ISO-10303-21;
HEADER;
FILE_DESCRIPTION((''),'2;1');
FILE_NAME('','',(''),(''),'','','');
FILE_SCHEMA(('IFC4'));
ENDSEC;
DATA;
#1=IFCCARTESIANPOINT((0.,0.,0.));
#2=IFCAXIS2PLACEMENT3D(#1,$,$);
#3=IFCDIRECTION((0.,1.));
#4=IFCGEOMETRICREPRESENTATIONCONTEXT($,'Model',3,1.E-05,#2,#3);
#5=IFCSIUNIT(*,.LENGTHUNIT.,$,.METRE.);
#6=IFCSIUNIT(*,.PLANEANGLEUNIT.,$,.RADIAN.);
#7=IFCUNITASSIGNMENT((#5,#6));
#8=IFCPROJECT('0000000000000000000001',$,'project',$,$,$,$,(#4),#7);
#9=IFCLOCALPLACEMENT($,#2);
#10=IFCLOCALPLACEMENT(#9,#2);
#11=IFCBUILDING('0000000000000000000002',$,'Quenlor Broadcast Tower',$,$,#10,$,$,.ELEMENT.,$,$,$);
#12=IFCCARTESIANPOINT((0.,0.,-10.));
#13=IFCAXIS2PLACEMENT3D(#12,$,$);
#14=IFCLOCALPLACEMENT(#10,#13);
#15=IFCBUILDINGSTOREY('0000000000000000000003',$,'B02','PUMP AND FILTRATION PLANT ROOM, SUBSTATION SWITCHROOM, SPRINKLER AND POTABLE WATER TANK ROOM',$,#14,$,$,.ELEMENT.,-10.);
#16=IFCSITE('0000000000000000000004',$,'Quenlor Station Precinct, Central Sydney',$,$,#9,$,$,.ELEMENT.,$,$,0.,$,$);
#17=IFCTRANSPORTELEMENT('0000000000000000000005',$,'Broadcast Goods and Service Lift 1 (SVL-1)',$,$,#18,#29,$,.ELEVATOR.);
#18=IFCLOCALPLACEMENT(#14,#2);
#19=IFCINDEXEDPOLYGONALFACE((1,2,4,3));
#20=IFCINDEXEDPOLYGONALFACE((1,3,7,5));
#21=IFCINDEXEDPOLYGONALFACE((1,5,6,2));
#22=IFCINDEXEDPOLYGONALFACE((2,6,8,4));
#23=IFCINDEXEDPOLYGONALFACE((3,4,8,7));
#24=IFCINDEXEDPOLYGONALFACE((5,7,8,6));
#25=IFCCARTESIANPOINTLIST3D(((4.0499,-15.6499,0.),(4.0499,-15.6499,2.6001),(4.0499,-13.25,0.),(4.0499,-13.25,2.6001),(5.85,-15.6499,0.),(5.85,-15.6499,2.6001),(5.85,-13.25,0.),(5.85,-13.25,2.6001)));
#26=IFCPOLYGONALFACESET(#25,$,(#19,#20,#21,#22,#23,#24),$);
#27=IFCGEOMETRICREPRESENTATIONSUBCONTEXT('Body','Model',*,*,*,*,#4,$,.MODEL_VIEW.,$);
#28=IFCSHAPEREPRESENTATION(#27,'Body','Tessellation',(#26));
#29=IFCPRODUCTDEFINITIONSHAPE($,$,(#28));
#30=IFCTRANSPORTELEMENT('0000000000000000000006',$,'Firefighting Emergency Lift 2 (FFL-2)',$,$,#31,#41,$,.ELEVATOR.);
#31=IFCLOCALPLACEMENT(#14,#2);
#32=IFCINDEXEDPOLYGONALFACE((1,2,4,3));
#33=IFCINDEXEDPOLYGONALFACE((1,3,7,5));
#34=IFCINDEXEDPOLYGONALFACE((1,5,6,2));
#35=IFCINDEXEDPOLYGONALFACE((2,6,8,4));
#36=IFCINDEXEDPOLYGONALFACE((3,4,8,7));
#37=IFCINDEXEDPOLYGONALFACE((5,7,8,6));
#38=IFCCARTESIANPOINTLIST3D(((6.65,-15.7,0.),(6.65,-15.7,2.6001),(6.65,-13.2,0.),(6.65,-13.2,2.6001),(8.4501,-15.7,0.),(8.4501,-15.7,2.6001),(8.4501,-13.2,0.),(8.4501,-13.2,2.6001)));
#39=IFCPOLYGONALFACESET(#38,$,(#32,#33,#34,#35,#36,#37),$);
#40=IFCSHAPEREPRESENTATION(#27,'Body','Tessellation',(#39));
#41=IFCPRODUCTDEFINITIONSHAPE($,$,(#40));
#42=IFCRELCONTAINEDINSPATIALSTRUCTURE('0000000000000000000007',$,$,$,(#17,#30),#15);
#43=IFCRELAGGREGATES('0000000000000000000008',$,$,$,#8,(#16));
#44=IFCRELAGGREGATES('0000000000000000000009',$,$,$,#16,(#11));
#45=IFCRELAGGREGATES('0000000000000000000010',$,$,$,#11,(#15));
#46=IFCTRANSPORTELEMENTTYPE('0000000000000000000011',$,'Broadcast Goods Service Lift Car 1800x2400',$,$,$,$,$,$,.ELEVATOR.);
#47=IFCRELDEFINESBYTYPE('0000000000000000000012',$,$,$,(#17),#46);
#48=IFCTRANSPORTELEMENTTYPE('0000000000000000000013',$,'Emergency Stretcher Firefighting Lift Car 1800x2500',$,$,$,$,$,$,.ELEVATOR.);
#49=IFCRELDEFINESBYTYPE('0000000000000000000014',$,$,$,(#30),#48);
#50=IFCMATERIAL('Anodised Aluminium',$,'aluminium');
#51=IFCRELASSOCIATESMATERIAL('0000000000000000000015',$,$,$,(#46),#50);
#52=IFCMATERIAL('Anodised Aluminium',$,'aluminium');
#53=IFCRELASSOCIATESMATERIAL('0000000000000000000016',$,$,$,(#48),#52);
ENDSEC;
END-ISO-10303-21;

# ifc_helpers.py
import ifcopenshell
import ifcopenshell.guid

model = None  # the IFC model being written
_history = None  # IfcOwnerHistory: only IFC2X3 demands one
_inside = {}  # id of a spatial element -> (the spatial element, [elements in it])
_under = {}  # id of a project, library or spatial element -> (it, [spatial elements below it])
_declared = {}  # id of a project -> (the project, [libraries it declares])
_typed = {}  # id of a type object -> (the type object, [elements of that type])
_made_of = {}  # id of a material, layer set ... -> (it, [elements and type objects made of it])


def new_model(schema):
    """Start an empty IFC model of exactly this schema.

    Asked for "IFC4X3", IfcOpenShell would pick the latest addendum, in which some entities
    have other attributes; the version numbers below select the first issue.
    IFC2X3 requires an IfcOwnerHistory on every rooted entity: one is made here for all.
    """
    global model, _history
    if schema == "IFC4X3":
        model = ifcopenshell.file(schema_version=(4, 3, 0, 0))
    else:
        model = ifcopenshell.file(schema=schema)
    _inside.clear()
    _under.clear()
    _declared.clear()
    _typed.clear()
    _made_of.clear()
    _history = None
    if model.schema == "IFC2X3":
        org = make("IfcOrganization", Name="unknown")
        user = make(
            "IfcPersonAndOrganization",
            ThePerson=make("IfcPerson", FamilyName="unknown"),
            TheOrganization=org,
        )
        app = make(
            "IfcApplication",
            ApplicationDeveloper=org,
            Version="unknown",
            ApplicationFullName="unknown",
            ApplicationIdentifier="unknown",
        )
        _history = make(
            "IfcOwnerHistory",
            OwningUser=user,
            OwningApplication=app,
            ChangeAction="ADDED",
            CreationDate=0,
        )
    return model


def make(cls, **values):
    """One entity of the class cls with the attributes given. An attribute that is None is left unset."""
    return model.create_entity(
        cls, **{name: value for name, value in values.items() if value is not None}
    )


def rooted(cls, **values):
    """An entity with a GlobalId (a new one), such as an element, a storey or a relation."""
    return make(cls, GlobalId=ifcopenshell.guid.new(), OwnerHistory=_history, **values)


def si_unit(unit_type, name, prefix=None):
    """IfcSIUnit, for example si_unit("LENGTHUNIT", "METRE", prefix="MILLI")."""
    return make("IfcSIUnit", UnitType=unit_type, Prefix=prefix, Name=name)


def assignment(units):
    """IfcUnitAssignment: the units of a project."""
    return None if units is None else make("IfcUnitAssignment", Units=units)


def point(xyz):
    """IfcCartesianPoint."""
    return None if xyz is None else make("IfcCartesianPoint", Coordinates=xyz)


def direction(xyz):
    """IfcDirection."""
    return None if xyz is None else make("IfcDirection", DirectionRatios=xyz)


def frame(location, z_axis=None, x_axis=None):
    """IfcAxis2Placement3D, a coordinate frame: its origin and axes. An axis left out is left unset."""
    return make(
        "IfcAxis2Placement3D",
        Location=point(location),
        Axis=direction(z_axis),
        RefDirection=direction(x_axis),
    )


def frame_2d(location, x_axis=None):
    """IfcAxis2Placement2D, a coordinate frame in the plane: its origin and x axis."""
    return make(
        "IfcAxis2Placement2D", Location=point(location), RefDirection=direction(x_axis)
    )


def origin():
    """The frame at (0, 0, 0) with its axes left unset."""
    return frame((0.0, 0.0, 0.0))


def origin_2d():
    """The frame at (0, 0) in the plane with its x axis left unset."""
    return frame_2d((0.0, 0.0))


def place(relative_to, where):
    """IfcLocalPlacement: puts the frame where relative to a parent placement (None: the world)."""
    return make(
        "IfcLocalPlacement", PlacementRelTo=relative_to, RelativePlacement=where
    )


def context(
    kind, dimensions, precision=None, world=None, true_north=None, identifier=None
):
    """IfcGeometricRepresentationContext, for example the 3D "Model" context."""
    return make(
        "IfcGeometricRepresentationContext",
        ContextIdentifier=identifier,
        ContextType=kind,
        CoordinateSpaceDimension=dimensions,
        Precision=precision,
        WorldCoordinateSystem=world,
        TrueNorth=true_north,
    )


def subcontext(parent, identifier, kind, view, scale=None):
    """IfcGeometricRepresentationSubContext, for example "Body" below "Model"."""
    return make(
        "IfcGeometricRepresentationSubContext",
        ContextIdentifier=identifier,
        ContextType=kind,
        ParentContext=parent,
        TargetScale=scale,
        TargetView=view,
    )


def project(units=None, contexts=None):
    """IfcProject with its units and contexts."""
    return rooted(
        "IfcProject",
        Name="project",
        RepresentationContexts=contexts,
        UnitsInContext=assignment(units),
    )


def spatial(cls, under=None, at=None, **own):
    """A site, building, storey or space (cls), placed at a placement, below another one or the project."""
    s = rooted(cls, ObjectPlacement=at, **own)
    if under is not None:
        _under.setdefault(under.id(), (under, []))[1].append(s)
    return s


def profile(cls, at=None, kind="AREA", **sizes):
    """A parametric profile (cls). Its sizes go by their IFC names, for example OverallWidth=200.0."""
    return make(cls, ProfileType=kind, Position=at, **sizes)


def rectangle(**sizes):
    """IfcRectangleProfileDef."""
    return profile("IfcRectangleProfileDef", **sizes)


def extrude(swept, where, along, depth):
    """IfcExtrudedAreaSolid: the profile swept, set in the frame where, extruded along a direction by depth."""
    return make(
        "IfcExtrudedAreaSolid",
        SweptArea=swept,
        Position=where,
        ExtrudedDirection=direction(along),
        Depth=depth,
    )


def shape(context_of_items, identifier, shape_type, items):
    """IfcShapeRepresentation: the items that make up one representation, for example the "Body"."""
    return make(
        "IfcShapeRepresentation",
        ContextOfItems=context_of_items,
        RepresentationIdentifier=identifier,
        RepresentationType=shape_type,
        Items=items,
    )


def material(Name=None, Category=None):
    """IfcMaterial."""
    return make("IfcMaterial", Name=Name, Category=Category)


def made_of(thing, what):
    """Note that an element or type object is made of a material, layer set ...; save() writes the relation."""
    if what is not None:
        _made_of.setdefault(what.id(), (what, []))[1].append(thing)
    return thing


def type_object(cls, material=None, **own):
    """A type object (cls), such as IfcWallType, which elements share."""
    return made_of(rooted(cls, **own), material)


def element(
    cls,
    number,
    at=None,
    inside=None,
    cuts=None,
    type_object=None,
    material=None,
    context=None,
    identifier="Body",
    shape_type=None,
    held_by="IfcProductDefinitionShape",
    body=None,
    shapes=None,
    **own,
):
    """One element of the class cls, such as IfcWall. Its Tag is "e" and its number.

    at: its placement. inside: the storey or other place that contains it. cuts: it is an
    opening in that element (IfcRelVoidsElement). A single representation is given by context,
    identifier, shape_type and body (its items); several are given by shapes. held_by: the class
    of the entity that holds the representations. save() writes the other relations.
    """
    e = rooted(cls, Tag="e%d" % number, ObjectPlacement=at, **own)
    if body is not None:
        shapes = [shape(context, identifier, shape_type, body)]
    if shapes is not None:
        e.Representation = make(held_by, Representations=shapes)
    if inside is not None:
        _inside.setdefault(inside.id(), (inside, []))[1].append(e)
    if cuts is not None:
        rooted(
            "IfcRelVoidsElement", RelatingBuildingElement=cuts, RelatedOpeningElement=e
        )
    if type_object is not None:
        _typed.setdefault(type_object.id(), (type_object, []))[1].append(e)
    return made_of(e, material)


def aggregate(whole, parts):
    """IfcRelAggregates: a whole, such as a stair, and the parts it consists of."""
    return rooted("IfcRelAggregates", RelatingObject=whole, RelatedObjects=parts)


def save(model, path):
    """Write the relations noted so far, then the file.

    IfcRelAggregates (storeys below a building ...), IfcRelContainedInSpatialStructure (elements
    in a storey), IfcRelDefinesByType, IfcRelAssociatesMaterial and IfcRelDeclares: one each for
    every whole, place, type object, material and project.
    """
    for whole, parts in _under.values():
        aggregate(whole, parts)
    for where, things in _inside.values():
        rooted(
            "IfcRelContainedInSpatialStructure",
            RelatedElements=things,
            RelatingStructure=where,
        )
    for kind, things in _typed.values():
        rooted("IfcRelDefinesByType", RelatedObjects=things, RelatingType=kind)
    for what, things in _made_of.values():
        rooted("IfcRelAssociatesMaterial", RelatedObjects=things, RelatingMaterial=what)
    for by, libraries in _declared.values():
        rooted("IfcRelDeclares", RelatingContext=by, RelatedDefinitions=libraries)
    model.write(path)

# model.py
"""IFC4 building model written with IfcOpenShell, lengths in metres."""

from ifc_helpers import new_model, si_unit, direction, frame, origin, origin_2d, place, context, subcontext, project, spatial, rectangle, extrude, material, type_object, element, save


model = new_model("IFC4")

# Units and contexts
model_context = context("Model", 3, precision=1e-05, world=origin(), true_north=direction((0.0, 1.0)))
body_context = subcontext(model_context, "Body", "Model", "MODEL_VIEW")
ifc_project = project(units=[si_unit("LENGTHUNIT", "METRE"), si_unit("PLANEANGLEUNIT", "RADIAN")], contexts=[model_context])

# Site, building, storey
site_placement = place(None, origin())
site = spatial("IfcSite", under=ifc_project, at=site_placement, Name="Quenlor Station Precinct, Central Sydney", CompositionType="ELEMENT", RefElevation=0.0)
building_placement = place(site_placement, origin())
building = spatial("IfcBuilding", under=site, at=building_placement, Name="Quenlor Broadcast Tower", CompositionType="ELEMENT")
storey_placement = place(building_placement, frame((0.0, 0.0, -10.0)))
storey = spatial("IfcBuildingStorey", under=building, at=storey_placement, Name="B02", Description="PUMP AND FILTRATION PLANT ROOM, SUBSTATION SWITCHROOM, SPRINKLER AND POTABLE WATER TANK ROOM", CompositionType="ELEMENT", Elevation=-10.0)

# Transport elements
ifc_material_1 = material(Name="Anodised Aluminium", Category="aluminium")
transport_element_type_1 = type_object("IfcTransportElementType", Name="Broadcast Goods Service Lift Car 1800x2400", PredefinedType="ELEVATOR", material=ifc_material_1)
transport_element_1_placement = place(storey_placement, frame((4.95, -14.45, 0.0), z_axis=(0.0, 0.0, 1.0), x_axis=(1.0, 0.0, 0.0)))
element("IfcTransportElement", 1, at=transport_element_1_placement, inside=storey, type_object=transport_element_type_1, Name="Broadcast Goods and Service Lift 1 (SVL-1)", PredefinedType="ELEVATOR", context=body_context, shape_type="SweptSolid", body=[
    extrude(rectangle(XDim=1.8, YDim=2.3999, at=origin_2d()), origin(), (0.0, 0.0, 1.0), 2.6001),
])
ifc_material_2 = material(Name="Anodised Aluminium", Category="aluminium")
transport_element_type_2 = type_object("IfcTransportElementType", Name="Emergency Stretcher Firefighting Lift Car 1800x2500", PredefinedType="ELEVATOR", material=ifc_material_2)
transport_element_2_placement = place(storey_placement, frame((7.55, -14.45, 0.0), z_axis=(0.0, 0.0, 1.0), x_axis=(1.0, 0.0, 0.0)))
element("IfcTransportElement", 2, at=transport_element_2_placement, inside=storey, type_object=transport_element_type_2, Name="Firefighting Emergency Lift 2 (FFL-2)", PredefinedType="ELEVATOR", context=body_context, shape_type="SweptSolid", body=[
    extrude(rectangle(XDim=1.8, YDim=2.5, at=origin_2d()), origin(), (0.0, 0.0, 1.0), 2.6001),
])

save(model, "model.ifc")
